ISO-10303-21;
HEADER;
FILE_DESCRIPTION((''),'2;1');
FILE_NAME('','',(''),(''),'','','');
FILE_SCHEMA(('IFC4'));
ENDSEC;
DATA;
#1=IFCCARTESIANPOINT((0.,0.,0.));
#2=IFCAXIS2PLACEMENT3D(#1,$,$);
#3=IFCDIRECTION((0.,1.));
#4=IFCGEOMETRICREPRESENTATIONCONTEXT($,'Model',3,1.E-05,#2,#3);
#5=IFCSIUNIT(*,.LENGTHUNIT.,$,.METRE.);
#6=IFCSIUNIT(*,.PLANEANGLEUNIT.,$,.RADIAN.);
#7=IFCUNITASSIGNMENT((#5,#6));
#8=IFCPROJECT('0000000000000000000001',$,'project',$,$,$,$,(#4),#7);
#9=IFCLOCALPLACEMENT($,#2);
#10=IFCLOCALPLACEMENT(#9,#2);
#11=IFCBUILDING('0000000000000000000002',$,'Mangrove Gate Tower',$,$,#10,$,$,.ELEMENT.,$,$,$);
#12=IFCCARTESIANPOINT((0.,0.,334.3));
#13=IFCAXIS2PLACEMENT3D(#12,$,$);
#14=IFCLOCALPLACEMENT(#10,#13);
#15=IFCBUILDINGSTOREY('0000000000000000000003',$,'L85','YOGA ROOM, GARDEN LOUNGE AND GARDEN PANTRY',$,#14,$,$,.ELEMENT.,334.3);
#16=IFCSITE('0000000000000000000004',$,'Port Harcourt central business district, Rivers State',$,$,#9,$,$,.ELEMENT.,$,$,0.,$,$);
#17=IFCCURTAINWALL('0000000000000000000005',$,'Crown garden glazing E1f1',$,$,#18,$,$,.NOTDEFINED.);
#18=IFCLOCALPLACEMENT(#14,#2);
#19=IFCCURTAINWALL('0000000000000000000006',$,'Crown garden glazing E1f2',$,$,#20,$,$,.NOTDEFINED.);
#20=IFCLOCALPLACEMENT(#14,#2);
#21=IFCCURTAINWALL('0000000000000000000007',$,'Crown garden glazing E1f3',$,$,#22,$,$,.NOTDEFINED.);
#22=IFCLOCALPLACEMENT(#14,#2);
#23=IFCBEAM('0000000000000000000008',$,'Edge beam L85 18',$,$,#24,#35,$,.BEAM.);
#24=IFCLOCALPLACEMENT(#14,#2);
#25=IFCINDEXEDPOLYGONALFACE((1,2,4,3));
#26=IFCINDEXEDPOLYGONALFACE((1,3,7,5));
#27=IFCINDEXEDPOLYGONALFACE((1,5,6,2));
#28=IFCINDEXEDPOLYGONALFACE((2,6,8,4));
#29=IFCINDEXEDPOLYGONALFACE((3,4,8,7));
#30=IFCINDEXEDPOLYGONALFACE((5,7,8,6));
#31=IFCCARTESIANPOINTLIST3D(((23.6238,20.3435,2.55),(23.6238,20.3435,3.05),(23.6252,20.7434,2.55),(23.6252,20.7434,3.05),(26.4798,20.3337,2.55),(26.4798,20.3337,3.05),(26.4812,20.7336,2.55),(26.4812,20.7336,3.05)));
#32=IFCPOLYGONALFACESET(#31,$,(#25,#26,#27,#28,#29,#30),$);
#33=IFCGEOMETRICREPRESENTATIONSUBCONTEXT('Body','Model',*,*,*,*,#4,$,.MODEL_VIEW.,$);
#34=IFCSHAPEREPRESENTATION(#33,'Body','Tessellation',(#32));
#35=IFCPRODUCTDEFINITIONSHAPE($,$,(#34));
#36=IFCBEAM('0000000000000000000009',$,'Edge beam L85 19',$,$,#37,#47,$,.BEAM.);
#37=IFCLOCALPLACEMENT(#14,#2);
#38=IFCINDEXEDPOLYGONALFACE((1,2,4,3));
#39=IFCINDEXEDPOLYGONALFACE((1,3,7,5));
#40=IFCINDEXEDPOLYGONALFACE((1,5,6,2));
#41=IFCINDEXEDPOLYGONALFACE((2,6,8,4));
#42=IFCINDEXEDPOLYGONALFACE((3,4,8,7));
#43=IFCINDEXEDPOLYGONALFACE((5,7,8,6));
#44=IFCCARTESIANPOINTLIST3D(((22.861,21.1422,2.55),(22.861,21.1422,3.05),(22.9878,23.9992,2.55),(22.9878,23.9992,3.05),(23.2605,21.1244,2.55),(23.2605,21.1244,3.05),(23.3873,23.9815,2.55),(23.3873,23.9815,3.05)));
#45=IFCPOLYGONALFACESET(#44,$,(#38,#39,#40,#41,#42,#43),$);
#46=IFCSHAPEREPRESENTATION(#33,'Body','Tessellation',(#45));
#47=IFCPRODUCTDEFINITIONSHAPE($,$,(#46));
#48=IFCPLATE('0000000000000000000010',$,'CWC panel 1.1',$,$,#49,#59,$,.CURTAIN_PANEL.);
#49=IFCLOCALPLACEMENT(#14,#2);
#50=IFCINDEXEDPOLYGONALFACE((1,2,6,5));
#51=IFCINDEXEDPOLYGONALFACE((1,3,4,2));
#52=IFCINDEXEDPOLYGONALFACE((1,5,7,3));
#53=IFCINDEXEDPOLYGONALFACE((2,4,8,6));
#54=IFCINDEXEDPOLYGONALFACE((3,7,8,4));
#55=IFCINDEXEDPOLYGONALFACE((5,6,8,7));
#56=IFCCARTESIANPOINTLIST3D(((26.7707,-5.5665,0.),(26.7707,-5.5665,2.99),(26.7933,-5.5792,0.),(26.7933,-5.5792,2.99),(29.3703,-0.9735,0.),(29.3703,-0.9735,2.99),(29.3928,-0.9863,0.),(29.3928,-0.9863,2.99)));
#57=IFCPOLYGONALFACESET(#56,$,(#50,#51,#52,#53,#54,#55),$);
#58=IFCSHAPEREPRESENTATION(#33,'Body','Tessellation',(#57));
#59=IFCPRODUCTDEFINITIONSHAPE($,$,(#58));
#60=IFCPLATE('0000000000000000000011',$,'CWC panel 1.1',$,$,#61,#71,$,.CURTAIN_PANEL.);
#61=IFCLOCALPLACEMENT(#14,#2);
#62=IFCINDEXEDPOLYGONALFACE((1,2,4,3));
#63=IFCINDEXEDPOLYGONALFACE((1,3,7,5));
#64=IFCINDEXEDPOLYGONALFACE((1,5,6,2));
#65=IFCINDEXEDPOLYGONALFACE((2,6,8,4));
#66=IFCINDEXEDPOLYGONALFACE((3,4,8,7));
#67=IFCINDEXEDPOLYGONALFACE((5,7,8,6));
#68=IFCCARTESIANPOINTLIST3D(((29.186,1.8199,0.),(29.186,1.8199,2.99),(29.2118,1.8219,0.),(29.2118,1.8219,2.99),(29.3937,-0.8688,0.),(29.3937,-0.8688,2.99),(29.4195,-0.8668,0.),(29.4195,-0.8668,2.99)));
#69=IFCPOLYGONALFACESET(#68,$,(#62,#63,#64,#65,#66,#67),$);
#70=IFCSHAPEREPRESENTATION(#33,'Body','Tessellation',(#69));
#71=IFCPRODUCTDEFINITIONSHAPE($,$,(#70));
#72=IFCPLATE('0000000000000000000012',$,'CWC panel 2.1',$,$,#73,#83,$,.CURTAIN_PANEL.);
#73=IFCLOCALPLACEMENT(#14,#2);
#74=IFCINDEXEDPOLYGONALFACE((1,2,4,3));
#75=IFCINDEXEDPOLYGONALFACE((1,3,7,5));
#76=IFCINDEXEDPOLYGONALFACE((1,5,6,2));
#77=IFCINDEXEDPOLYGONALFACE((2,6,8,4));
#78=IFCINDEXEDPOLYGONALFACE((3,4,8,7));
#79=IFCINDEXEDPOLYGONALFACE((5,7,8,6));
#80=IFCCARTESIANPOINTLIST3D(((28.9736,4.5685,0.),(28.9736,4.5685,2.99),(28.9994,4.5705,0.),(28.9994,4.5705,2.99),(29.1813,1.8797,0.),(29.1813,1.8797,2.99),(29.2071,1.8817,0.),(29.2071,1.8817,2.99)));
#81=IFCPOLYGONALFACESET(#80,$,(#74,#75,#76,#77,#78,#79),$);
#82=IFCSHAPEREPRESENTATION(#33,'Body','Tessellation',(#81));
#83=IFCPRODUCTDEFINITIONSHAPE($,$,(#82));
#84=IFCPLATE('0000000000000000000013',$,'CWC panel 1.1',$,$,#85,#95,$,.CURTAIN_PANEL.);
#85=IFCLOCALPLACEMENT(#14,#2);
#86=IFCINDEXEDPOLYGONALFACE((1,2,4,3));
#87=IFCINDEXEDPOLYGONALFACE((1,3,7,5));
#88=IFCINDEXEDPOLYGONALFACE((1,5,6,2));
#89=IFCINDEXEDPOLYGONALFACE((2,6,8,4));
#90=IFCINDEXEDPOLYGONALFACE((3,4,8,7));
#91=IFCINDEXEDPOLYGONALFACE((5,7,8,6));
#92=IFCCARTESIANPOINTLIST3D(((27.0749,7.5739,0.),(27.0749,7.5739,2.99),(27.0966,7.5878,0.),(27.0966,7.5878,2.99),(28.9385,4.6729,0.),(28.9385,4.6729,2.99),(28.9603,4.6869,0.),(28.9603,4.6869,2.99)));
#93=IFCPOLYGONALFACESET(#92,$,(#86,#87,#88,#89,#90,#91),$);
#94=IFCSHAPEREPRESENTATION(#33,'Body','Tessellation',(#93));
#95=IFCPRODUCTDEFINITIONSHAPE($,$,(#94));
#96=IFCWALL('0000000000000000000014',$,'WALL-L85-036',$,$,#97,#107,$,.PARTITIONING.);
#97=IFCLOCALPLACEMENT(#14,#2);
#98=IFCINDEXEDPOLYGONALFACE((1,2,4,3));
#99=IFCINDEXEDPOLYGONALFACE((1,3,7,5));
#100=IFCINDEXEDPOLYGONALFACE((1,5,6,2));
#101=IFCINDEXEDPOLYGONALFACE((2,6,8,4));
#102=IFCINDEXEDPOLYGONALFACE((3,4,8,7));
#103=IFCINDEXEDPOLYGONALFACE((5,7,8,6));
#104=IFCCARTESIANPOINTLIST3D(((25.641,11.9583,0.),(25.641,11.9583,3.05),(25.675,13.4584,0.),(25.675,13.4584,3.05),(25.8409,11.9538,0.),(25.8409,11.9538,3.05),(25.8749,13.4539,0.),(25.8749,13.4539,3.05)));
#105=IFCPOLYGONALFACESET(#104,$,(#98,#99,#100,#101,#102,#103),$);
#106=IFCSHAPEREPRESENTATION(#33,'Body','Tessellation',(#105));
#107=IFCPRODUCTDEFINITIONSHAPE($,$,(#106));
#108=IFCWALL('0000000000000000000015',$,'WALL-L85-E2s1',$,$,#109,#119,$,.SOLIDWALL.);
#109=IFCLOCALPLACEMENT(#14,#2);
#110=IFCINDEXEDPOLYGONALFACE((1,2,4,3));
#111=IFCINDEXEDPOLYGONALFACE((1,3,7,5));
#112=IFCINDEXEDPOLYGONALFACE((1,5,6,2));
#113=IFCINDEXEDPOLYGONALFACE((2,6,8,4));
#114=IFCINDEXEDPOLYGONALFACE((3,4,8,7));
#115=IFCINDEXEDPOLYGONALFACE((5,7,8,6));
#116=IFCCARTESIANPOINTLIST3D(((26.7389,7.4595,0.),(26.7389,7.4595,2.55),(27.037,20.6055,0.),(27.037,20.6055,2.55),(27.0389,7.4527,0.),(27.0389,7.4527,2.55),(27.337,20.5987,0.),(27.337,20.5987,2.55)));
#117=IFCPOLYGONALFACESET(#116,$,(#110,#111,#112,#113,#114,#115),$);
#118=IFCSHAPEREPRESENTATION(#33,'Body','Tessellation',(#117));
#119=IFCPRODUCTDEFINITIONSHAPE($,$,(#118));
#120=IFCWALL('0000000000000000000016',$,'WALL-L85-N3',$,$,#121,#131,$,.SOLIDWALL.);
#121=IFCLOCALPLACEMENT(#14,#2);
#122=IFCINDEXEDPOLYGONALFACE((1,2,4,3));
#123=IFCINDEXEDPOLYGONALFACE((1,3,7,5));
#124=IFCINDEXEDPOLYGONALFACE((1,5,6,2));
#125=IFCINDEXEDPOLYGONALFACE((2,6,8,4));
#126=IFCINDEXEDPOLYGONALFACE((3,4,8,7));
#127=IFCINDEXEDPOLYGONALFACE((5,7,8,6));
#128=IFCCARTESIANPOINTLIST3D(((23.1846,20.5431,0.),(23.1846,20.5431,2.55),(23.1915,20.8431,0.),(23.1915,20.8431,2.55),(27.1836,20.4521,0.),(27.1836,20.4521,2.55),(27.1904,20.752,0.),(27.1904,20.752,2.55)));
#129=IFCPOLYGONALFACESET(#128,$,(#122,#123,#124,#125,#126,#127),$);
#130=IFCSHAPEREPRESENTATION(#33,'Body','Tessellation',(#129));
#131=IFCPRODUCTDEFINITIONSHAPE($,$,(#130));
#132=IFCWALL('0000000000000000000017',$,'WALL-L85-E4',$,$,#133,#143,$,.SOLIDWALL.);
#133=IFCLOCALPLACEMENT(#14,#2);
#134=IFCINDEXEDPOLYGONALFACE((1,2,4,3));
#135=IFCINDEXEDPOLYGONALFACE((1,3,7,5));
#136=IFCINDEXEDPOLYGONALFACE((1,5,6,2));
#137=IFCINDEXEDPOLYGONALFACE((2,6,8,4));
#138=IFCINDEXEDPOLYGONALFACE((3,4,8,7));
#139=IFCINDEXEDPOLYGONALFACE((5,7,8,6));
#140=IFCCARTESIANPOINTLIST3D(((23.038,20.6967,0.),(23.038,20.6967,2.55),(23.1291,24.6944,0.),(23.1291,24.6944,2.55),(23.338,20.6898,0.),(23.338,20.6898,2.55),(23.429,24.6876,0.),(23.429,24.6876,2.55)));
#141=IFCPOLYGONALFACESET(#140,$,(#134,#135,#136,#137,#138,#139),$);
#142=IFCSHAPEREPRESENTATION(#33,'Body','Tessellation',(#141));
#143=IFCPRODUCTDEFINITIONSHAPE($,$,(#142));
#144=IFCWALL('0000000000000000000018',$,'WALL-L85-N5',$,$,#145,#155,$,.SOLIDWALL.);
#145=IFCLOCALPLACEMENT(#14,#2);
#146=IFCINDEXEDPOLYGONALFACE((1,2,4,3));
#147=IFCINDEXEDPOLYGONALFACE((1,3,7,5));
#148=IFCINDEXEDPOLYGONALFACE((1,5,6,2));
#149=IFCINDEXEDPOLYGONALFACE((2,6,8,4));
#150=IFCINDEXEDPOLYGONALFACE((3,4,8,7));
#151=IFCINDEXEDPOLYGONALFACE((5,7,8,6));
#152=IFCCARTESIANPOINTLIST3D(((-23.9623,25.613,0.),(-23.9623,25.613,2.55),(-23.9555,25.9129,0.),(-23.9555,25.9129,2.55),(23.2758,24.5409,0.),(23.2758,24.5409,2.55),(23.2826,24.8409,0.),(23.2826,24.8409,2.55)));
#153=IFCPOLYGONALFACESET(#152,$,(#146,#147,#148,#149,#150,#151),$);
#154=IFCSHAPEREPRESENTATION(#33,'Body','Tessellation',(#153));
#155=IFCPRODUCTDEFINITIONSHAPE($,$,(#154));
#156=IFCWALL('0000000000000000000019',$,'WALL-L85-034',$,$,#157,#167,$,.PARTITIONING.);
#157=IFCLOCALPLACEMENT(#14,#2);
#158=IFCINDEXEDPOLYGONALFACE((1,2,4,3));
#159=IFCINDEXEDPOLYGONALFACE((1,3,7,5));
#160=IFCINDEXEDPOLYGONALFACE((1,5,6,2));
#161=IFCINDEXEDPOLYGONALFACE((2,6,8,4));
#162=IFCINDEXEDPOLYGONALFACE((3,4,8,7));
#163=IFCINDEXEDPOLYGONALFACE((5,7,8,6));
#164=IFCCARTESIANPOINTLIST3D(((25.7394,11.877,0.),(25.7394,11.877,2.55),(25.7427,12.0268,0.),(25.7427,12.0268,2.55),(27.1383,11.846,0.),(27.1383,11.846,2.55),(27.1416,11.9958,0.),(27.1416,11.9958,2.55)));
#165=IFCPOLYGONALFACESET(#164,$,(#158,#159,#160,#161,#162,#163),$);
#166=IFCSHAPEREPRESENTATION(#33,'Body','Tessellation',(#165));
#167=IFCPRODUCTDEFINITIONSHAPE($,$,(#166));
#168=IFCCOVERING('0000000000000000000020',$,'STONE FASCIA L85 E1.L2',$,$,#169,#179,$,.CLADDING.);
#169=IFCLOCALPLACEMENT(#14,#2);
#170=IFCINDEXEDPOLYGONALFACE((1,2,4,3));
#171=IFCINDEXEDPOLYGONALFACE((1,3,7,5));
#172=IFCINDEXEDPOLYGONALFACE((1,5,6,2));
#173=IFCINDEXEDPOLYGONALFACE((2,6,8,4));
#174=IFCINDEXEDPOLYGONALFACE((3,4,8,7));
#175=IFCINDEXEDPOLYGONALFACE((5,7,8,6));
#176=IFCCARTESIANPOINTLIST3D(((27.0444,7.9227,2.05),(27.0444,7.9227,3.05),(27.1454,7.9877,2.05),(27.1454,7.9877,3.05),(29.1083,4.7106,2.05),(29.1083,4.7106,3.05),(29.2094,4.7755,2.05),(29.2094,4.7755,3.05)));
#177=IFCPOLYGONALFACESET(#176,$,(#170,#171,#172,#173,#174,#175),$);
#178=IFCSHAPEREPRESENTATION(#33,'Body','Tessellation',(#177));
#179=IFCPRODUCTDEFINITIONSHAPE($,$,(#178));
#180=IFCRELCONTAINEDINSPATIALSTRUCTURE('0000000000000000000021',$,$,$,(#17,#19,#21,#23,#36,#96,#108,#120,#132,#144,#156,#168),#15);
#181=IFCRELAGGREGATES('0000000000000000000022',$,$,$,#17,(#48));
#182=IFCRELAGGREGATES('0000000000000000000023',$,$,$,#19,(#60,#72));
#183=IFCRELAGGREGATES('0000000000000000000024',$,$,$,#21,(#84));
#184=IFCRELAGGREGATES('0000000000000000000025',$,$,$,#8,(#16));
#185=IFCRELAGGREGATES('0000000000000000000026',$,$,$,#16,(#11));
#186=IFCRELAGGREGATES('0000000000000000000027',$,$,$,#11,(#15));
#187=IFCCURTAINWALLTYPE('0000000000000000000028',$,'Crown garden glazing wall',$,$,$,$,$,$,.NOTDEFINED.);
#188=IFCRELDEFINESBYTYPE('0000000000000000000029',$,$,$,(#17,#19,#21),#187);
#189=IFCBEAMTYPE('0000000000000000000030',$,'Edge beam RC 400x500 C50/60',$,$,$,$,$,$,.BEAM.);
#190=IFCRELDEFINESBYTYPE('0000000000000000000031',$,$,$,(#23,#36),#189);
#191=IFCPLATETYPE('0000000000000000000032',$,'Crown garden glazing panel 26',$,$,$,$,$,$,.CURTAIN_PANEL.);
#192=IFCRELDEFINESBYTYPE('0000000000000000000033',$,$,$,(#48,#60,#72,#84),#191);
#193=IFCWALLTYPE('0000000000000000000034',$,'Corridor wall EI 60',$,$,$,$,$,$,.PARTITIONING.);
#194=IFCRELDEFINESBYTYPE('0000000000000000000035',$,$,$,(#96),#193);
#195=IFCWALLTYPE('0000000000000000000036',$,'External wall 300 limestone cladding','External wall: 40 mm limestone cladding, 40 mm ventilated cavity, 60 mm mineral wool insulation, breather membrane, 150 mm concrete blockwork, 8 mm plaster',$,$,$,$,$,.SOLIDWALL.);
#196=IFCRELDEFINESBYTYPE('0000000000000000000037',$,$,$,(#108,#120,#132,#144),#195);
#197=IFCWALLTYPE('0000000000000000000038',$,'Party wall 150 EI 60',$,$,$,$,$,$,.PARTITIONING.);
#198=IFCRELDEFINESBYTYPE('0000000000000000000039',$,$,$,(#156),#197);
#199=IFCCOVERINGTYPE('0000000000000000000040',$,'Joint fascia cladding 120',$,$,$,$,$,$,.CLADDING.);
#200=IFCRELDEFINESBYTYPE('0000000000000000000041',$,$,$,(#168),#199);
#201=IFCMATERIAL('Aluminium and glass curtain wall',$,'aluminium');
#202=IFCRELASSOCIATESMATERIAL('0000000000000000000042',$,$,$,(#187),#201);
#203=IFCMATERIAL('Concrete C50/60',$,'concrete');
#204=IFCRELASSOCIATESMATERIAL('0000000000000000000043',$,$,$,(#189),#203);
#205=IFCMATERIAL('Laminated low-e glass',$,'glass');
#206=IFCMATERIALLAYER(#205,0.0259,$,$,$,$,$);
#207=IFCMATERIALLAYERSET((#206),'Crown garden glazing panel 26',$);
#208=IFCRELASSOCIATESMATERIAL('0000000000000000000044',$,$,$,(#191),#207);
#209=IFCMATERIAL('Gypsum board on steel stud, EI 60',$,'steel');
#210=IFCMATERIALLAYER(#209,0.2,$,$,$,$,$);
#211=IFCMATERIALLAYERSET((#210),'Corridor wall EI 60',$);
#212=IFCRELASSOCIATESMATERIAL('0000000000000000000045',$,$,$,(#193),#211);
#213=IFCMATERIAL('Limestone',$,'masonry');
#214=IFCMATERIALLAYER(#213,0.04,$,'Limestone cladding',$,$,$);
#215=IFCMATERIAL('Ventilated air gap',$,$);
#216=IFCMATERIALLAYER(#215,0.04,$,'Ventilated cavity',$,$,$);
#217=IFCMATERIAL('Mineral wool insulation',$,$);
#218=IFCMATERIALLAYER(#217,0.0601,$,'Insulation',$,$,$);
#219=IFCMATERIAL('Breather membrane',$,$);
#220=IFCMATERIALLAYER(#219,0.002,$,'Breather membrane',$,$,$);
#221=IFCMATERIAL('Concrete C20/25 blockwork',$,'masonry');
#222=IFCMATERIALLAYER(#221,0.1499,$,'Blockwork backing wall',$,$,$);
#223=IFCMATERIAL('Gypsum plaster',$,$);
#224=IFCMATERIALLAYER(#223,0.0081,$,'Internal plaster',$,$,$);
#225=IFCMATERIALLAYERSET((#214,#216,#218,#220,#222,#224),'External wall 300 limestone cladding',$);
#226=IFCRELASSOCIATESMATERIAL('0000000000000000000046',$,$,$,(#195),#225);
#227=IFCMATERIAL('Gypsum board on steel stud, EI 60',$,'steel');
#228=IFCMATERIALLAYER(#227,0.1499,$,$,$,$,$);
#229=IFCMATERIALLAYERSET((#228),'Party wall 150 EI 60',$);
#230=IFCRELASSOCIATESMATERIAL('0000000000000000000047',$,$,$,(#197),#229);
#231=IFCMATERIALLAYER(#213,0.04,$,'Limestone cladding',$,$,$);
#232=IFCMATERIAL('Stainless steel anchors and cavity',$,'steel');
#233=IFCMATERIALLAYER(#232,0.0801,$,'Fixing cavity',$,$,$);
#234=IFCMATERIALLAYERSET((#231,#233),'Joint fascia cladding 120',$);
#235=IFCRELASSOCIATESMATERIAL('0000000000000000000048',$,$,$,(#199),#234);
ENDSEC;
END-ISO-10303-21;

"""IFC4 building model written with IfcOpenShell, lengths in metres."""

from ifc_helpers import new_model, si_unit, direction, frame, frame_2d, origin, origin_2d, place, context, subcontext, project, spatial, rectangle, extrude, material, layer, layer_set, material_profile, profile_set, type_object, element, aggregate, save


model = new_model("IFC4")

# Units and contexts
model_context = context("Model", 3, precision=1e-05, world=origin(), true_north=direction((0.0, 1.0)))
body_context = subcontext(model_context, "Body", "Model", "MODEL_VIEW")
ifc_project = project(units=[si_unit("LENGTHUNIT", "METRE"), si_unit("PLANEANGLEUNIT", "RADIAN")], contexts=[model_context])

# Site, building, storey
site_placement = place(None, origin())
site = spatial("IfcSite", under=ifc_project, at=site_placement, Name="Port Harcourt central business district, Rivers State", CompositionType="ELEMENT", RefElevation=0.0)
building_placement = place(site_placement, origin())
building = spatial("IfcBuilding", under=site, at=building_placement, Name="Mangrove Gate Tower", CompositionType="ELEMENT")
storey_placement = place(building_placement, frame((0.0, 0.0, 334.3)))
storey = spatial("IfcBuildingStorey", under=building, at=storey_placement, Name="L85", Description="YOGA ROOM, GARDEN LOUNGE AND GARDEN PANTRY", CompositionType="ELEMENT", Elevation=334.3)

# Curtain wall
ifc_material_1 = material(Name="Aluminium and glass curtain wall", Category="aluminium")
curtain_wall_type = type_object("IfcCurtainWallType", Name="Crown garden glazing wall", PredefinedType="NOTDEFINED", material=ifc_material_1)
curtain_wall_1_placement = place(storey_placement, origin())
curtain_wall_1 = element("IfcCurtainWall", 1, at=curtain_wall_1_placement, inside=storey, type_object=curtain_wall_type, Name="Crown garden glazing E1f1", PredefinedType="NOTDEFINED")

# Curtain walls
curtain_wall_2_placement = place(storey_placement, origin())
curtain_wall_2 = element("IfcCurtainWall", 2, at=curtain_wall_2_placement, inside=storey, type_object=curtain_wall_type, Name="Crown garden glazing E1f2", PredefinedType="NOTDEFINED")
curtain_wall_3_placement = place(storey_placement, origin())
curtain_wall_3 = element("IfcCurtainWall", 3, at=curtain_wall_3_placement, inside=storey, type_object=curtain_wall_type, Name="Crown garden glazing E1f3", PredefinedType="NOTDEFINED")

# Beams
ifc_material_2 = material(Name="Concrete C50/60", Category="concrete")
ifc_material_profile_1 = material_profile(ifc_material_2, rectangle(XDim=0.3999, YDim=0.5, at=origin_2d()))
ifc_profile_set_1 = profile_set([ifc_material_profile_1], Name="Concrete C50/60")
beam_type = type_object("IfcBeamType", Name="Edge beam RC 400x500 C50/60", PredefinedType="BEAM", material=ifc_profile_set_1)
beam_1_placement = place(storey_placement, frame((26.4805, 20.5337, 2.8), z_axis=(-0.999994, 0.003419, 0.0), x_axis=(-0.003419, -0.999994, 0.0)))
element("IfcBeam", 4, at=beam_1_placement, inside=storey, type_object=beam_type, Name="Edge beam L85 18", PredefinedType="BEAM", context=body_context, shape_type="SweptSolid", body=[
    extrude(rectangle(XDim=0.3999, YDim=0.5, at=origin_2d()), origin(), (0.0, 0.0, 1.0), 2.856),
])
beam_2_placement = place(storey_placement, frame((23.0608, 21.1333, 2.8), z_axis=(0.044308, 0.999018, 0.0), x_axis=(-0.999018, 0.044308, 0.0)))
element("IfcBeam", 5, at=beam_2_placement, inside=storey, type_object=beam_type, Name="Edge beam L85 19", PredefinedType="BEAM", context=body_context, shape_type="SweptSolid", body=[
    extrude(rectangle(XDim=0.3999, YDim=0.5, at=origin_2d()), origin(), (0.0, 0.0, 1.0), 2.8599),
])

# Plates
ifc_material_3 = material(Name="Laminated low-e glass", Category="glass")
ifc_layer_1 = layer(ifc_material_3, 0.0259)
ifc_layer_set_1 = layer_set([ifc_layer_1], Name="Crown garden glazing panel 26")
plate_type = type_object("IfcPlateType", Name="Crown garden glazing panel 26", PredefinedType="CURTAIN_PANEL", material=ifc_layer_set_1)
plate_1_placement = place(storey_placement, frame((28.0818, -3.2764, 0.0), z_axis=(0.0, 0.0, 1.0), x_axis=(0.492566, 0.870275, 0.0)))
plate_1 = element("IfcPlate", 6, at=plate_1_placement, type_object=plate_type, Name="CWC panel 1.1", PredefinedType="CURTAIN_PANEL", context=body_context, shape_type="SweptSolid", body=[
    extrude(rectangle(XDim=5.2776, YDim=0.0259, at=origin_2d()), origin(), (0.0, 0.0, 1.0), 2.99),
])
aggregate(curtain_wall_1, [plate_1])
plate_2_placement = place(storey_placement, frame((29.3027, 0.4766, 0.0), z_axis=(0.0, 0.0, 1.0), x_axis=(-0.077023, 0.997029, 0.0)))
plate_2 = element("IfcPlate", 7, at=plate_2_placement, type_object=plate_type, Name="CWC panel 1.1", PredefinedType="CURTAIN_PANEL", context=body_context, shape_type="SweptSolid", body=[
    extrude(rectangle(XDim=2.6968, YDim=0.0259, at=origin_2d()), origin(), (0.0, 0.0, 1.0), 2.99),
])
plate_3_placement = place(storey_placement, frame((29.0903, 3.2251, 0.0), z_axis=(0.0, 0.0, 1.0), x_axis=(-0.077023, 0.997029, 0.0)))
plate_3 = element("IfcPlate", 8, at=plate_3_placement, type_object=plate_type, Name="CWC panel 2.1", PredefinedType="CURTAIN_PANEL", context=body_context, shape_type="SweptSolid", body=[
    extrude(rectangle(XDim=2.6968, YDim=0.0259, at=origin_2d()), origin(), (0.0, 0.0, 1.0), 2.99),
])
aggregate(curtain_wall_2, [plate_2, plate_3])
plate_4_placement = place(storey_placement, frame((28.0176, 6.1304, 0.0), z_axis=(0.0, 0.0, 1.0), x_axis=(-0.540496, 0.841346, 0.0)))
plate_4 = element("IfcPlate", 9, at=plate_4_placement, type_object=plate_type, Name="CWC panel 1.1", PredefinedType="CURTAIN_PANEL", context=body_context, shape_type="SweptSolid", body=[
    extrude(rectangle(XDim=3.448, YDim=0.0259, at=origin_2d()), origin(), (0.0, 0.0, 1.0), 2.99),
])
aggregate(curtain_wall_3, [plate_4])

# Walls
ifc_material_4 = material(Name="Gypsum board on steel stud, EI 60", Category="steel")
ifc_layer_2 = layer(ifc_material_4, 0.2)
ifc_layer_set_2 = layer_set([ifc_layer_2], Name="Corridor wall EI 60")
wall_type_1 = type_object("IfcWallType", Name="Corridor wall EI 60", PredefinedType="PARTITIONING", material=ifc_layer_set_2)
wall_1_placement = place(storey_placement, frame((25.741, 11.9561, 0.0), z_axis=(0.0, 0.0, 1.0), x_axis=(0.022618, 0.999744, 0.0)))
element("IfcWall", 10, at=wall_1_placement, inside=storey, type_object=wall_type_1, Name="WALL-L85-036", PredefinedType="PARTITIONING", context=body_context, shape_type="SweptSolid", body=[
    extrude(rectangle(XDim=1.5005, YDim=0.2, at=frame_2d((0.7502, 0.0))), origin(), (0.0, 0.0, 1.0), 3.05),
])
ifc_material_5 = material(Name="Limestone", Category="masonry")
ifc_layer_3 = layer(ifc_material_5, 0.04, Name="Limestone cladding")
ifc_material_6 = material(Name="Ventilated air gap")
ifc_layer_4 = layer(ifc_material_6, 0.04, Name="Ventilated cavity")
ifc_material_7 = material(Name="Mineral wool insulation")
ifc_layer_5 = layer(ifc_material_7, 0.0601, Name="Insulation")
ifc_material_8 = material(Name="Breather membrane")
ifc_layer_6 = layer(ifc_material_8, 0.002, Name="Breather membrane")
ifc_material_9 = material(Name="Concrete C20/25 blockwork", Category="masonry")
ifc_layer_7 = layer(ifc_material_9, 0.1499, Name="Blockwork backing wall")
ifc_material_10 = material(Name="Gypsum plaster")
ifc_layer_8 = layer(ifc_material_10, 0.0081, Name="Internal plaster")
ifc_layer_set_3 = layer_set([ifc_layer_3, ifc_layer_4, ifc_layer_5, ifc_layer_6, ifc_layer_7, ifc_layer_8], Name="External wall 300 limestone cladding")
wall_type_2 = type_object("IfcWallType", Name="External wall 300 limestone cladding", Description="External wall: 40 mm limestone cladding, 40 mm ventilated cavity, 60 mm mineral wool insulation, breather membrane, 150 mm concrete blockwork, 8 mm plaster", PredefinedType="SOLIDWALL", material=ifc_layer_set_3)
wall_2_placement = place(storey_placement, frame((26.8889, 7.4561, 0.0), z_axis=(0.0, 0.0, 1.0), x_axis=(0.02267, 0.999743, 0.0)))
element("IfcWall", 11, at=wall_2_placement, inside=storey, type_object=wall_type_2, Name="WALL-L85-E2s1", PredefinedType="SOLIDWALL", context=body_context, shape_type="SweptSolid", body=[
    extrude(rectangle(XDim=13.1494, YDim=0.3, at=frame_2d((6.5747, 0.0))), origin(), (0.0, 0.0, 1.0), 2.55),
])
wall_3_placement = place(storey_placement, frame((27.187, 20.6021, 0.0), z_axis=(0.0, 0.0, 1.0), x_axis=(-0.999741, 0.022766, 0.0)))
element("IfcWall", 12, at=wall_3_placement, inside=storey, type_object=wall_type_2, Name="WALL-L85-N3", PredefinedType="SOLIDWALL", context=body_context, shape_type="SweptSolid", body=[
    extrude(rectangle(XDim=4.0, YDim=0.3, at=frame_2d((2.0, 0.0))), origin(), (0.0, 0.0, 1.0), 2.55),
])
wall_4_placement = place(storey_placement, frame((23.188, 20.6931, 0.0), z_axis=(0.0, 0.0, 1.0), x_axis=(0.022773, 0.999741, 0.0)))
element("IfcWall", 13, at=wall_4_placement, inside=storey, type_object=wall_type_2, Name="WALL-L85-E4", PredefinedType="SOLIDWALL", context=body_context, shape_type="SweptSolid", body=[
    extrude(rectangle(XDim=3.9988, YDim=0.3, at=frame_2d((1.9995, 0.0))), origin(), (0.0, 0.0, 1.0), 2.55),
])
wall_5_placement = place(storey_placement, frame((23.2791, 24.6909, 0.0), z_axis=(0.0, 0.0, 1.0), x_axis=(-0.999743, 0.022688, 0.0)))
element("IfcWall", 14, at=wall_5_placement, inside=storey, type_object=wall_type_2, Name="WALL-L85-N5", PredefinedType="SOLIDWALL", context=body_context, shape_type="SweptSolid", body=[
    extrude(rectangle(XDim=47.2502, YDim=0.3, at=frame_2d((23.625, 0.0))), origin(), (0.0, 0.0, 1.0), 2.55),
])
ifc_material_11 = material(Name="Gypsum board on steel stud, EI 60", Category="steel")
ifc_layer_9 = layer(ifc_material_11, 0.1499)
ifc_layer_set_4 = layer_set([ifc_layer_9], Name="Party wall 150 EI 60")
wall_type_3 = type_object("IfcWallType", Name="Party wall 150 EI 60", PredefinedType="PARTITIONING", material=ifc_layer_set_4)
wall_6_placement = place(storey_placement, frame((25.741, 11.9519, 0.0), z_axis=(0.0, 0.0, 1.0), x_axis=(0.999754, -0.022159, 0.0)))
element("IfcWall", 15, at=wall_6_placement, inside=storey, type_object=wall_type_3, Name="WALL-L85-034", PredefinedType="PARTITIONING", context=body_context, shape_type="SweptSolid", body=[
    extrude(rectangle(XDim=1.3992, YDim=0.1499, at=frame_2d((0.6997, 0.0))), origin(), (0.0, 0.0, 1.0), 2.55),
])

# Covering
ifc_layer_10 = layer(ifc_material_5, 0.04, Name="Limestone cladding")
ifc_material_12 = material(Name="Stainless steel anchors and cavity", Category="steel")
ifc_layer_11 = layer(ifc_material_12, 0.0801, Name="Fixing cavity")
ifc_layer_set_5 = layer_set([ifc_layer_10, ifc_layer_11], Name="Joint fascia cladding 120")
covering_type = type_object("IfcCoveringType", Name="Joint fascia cladding 120", PredefinedType="CLADDING", material=ifc_layer_set_5)
covering_placement = place(storey_placement, frame((29.1589, 4.7429, 2.05), z_axis=(0.0, 0.0, 1.0), x_axis=(-0.540573, 0.841297, 0.0)))
element("IfcCovering", 16, at=covering_placement, inside=storey, type_object=covering_type, Name="STONE FASCIA L85 E1.L2", PredefinedType="CLADDING", context=body_context, shape_type="SweptSolid", body=[
    extrude(rectangle(XDim=3.8181, YDim=0.1201, at=frame_2d((1.9092, 0.0))), origin(), (0.0, 0.0, 1.0), 1.0),
])

save(model, "model.ifc")
